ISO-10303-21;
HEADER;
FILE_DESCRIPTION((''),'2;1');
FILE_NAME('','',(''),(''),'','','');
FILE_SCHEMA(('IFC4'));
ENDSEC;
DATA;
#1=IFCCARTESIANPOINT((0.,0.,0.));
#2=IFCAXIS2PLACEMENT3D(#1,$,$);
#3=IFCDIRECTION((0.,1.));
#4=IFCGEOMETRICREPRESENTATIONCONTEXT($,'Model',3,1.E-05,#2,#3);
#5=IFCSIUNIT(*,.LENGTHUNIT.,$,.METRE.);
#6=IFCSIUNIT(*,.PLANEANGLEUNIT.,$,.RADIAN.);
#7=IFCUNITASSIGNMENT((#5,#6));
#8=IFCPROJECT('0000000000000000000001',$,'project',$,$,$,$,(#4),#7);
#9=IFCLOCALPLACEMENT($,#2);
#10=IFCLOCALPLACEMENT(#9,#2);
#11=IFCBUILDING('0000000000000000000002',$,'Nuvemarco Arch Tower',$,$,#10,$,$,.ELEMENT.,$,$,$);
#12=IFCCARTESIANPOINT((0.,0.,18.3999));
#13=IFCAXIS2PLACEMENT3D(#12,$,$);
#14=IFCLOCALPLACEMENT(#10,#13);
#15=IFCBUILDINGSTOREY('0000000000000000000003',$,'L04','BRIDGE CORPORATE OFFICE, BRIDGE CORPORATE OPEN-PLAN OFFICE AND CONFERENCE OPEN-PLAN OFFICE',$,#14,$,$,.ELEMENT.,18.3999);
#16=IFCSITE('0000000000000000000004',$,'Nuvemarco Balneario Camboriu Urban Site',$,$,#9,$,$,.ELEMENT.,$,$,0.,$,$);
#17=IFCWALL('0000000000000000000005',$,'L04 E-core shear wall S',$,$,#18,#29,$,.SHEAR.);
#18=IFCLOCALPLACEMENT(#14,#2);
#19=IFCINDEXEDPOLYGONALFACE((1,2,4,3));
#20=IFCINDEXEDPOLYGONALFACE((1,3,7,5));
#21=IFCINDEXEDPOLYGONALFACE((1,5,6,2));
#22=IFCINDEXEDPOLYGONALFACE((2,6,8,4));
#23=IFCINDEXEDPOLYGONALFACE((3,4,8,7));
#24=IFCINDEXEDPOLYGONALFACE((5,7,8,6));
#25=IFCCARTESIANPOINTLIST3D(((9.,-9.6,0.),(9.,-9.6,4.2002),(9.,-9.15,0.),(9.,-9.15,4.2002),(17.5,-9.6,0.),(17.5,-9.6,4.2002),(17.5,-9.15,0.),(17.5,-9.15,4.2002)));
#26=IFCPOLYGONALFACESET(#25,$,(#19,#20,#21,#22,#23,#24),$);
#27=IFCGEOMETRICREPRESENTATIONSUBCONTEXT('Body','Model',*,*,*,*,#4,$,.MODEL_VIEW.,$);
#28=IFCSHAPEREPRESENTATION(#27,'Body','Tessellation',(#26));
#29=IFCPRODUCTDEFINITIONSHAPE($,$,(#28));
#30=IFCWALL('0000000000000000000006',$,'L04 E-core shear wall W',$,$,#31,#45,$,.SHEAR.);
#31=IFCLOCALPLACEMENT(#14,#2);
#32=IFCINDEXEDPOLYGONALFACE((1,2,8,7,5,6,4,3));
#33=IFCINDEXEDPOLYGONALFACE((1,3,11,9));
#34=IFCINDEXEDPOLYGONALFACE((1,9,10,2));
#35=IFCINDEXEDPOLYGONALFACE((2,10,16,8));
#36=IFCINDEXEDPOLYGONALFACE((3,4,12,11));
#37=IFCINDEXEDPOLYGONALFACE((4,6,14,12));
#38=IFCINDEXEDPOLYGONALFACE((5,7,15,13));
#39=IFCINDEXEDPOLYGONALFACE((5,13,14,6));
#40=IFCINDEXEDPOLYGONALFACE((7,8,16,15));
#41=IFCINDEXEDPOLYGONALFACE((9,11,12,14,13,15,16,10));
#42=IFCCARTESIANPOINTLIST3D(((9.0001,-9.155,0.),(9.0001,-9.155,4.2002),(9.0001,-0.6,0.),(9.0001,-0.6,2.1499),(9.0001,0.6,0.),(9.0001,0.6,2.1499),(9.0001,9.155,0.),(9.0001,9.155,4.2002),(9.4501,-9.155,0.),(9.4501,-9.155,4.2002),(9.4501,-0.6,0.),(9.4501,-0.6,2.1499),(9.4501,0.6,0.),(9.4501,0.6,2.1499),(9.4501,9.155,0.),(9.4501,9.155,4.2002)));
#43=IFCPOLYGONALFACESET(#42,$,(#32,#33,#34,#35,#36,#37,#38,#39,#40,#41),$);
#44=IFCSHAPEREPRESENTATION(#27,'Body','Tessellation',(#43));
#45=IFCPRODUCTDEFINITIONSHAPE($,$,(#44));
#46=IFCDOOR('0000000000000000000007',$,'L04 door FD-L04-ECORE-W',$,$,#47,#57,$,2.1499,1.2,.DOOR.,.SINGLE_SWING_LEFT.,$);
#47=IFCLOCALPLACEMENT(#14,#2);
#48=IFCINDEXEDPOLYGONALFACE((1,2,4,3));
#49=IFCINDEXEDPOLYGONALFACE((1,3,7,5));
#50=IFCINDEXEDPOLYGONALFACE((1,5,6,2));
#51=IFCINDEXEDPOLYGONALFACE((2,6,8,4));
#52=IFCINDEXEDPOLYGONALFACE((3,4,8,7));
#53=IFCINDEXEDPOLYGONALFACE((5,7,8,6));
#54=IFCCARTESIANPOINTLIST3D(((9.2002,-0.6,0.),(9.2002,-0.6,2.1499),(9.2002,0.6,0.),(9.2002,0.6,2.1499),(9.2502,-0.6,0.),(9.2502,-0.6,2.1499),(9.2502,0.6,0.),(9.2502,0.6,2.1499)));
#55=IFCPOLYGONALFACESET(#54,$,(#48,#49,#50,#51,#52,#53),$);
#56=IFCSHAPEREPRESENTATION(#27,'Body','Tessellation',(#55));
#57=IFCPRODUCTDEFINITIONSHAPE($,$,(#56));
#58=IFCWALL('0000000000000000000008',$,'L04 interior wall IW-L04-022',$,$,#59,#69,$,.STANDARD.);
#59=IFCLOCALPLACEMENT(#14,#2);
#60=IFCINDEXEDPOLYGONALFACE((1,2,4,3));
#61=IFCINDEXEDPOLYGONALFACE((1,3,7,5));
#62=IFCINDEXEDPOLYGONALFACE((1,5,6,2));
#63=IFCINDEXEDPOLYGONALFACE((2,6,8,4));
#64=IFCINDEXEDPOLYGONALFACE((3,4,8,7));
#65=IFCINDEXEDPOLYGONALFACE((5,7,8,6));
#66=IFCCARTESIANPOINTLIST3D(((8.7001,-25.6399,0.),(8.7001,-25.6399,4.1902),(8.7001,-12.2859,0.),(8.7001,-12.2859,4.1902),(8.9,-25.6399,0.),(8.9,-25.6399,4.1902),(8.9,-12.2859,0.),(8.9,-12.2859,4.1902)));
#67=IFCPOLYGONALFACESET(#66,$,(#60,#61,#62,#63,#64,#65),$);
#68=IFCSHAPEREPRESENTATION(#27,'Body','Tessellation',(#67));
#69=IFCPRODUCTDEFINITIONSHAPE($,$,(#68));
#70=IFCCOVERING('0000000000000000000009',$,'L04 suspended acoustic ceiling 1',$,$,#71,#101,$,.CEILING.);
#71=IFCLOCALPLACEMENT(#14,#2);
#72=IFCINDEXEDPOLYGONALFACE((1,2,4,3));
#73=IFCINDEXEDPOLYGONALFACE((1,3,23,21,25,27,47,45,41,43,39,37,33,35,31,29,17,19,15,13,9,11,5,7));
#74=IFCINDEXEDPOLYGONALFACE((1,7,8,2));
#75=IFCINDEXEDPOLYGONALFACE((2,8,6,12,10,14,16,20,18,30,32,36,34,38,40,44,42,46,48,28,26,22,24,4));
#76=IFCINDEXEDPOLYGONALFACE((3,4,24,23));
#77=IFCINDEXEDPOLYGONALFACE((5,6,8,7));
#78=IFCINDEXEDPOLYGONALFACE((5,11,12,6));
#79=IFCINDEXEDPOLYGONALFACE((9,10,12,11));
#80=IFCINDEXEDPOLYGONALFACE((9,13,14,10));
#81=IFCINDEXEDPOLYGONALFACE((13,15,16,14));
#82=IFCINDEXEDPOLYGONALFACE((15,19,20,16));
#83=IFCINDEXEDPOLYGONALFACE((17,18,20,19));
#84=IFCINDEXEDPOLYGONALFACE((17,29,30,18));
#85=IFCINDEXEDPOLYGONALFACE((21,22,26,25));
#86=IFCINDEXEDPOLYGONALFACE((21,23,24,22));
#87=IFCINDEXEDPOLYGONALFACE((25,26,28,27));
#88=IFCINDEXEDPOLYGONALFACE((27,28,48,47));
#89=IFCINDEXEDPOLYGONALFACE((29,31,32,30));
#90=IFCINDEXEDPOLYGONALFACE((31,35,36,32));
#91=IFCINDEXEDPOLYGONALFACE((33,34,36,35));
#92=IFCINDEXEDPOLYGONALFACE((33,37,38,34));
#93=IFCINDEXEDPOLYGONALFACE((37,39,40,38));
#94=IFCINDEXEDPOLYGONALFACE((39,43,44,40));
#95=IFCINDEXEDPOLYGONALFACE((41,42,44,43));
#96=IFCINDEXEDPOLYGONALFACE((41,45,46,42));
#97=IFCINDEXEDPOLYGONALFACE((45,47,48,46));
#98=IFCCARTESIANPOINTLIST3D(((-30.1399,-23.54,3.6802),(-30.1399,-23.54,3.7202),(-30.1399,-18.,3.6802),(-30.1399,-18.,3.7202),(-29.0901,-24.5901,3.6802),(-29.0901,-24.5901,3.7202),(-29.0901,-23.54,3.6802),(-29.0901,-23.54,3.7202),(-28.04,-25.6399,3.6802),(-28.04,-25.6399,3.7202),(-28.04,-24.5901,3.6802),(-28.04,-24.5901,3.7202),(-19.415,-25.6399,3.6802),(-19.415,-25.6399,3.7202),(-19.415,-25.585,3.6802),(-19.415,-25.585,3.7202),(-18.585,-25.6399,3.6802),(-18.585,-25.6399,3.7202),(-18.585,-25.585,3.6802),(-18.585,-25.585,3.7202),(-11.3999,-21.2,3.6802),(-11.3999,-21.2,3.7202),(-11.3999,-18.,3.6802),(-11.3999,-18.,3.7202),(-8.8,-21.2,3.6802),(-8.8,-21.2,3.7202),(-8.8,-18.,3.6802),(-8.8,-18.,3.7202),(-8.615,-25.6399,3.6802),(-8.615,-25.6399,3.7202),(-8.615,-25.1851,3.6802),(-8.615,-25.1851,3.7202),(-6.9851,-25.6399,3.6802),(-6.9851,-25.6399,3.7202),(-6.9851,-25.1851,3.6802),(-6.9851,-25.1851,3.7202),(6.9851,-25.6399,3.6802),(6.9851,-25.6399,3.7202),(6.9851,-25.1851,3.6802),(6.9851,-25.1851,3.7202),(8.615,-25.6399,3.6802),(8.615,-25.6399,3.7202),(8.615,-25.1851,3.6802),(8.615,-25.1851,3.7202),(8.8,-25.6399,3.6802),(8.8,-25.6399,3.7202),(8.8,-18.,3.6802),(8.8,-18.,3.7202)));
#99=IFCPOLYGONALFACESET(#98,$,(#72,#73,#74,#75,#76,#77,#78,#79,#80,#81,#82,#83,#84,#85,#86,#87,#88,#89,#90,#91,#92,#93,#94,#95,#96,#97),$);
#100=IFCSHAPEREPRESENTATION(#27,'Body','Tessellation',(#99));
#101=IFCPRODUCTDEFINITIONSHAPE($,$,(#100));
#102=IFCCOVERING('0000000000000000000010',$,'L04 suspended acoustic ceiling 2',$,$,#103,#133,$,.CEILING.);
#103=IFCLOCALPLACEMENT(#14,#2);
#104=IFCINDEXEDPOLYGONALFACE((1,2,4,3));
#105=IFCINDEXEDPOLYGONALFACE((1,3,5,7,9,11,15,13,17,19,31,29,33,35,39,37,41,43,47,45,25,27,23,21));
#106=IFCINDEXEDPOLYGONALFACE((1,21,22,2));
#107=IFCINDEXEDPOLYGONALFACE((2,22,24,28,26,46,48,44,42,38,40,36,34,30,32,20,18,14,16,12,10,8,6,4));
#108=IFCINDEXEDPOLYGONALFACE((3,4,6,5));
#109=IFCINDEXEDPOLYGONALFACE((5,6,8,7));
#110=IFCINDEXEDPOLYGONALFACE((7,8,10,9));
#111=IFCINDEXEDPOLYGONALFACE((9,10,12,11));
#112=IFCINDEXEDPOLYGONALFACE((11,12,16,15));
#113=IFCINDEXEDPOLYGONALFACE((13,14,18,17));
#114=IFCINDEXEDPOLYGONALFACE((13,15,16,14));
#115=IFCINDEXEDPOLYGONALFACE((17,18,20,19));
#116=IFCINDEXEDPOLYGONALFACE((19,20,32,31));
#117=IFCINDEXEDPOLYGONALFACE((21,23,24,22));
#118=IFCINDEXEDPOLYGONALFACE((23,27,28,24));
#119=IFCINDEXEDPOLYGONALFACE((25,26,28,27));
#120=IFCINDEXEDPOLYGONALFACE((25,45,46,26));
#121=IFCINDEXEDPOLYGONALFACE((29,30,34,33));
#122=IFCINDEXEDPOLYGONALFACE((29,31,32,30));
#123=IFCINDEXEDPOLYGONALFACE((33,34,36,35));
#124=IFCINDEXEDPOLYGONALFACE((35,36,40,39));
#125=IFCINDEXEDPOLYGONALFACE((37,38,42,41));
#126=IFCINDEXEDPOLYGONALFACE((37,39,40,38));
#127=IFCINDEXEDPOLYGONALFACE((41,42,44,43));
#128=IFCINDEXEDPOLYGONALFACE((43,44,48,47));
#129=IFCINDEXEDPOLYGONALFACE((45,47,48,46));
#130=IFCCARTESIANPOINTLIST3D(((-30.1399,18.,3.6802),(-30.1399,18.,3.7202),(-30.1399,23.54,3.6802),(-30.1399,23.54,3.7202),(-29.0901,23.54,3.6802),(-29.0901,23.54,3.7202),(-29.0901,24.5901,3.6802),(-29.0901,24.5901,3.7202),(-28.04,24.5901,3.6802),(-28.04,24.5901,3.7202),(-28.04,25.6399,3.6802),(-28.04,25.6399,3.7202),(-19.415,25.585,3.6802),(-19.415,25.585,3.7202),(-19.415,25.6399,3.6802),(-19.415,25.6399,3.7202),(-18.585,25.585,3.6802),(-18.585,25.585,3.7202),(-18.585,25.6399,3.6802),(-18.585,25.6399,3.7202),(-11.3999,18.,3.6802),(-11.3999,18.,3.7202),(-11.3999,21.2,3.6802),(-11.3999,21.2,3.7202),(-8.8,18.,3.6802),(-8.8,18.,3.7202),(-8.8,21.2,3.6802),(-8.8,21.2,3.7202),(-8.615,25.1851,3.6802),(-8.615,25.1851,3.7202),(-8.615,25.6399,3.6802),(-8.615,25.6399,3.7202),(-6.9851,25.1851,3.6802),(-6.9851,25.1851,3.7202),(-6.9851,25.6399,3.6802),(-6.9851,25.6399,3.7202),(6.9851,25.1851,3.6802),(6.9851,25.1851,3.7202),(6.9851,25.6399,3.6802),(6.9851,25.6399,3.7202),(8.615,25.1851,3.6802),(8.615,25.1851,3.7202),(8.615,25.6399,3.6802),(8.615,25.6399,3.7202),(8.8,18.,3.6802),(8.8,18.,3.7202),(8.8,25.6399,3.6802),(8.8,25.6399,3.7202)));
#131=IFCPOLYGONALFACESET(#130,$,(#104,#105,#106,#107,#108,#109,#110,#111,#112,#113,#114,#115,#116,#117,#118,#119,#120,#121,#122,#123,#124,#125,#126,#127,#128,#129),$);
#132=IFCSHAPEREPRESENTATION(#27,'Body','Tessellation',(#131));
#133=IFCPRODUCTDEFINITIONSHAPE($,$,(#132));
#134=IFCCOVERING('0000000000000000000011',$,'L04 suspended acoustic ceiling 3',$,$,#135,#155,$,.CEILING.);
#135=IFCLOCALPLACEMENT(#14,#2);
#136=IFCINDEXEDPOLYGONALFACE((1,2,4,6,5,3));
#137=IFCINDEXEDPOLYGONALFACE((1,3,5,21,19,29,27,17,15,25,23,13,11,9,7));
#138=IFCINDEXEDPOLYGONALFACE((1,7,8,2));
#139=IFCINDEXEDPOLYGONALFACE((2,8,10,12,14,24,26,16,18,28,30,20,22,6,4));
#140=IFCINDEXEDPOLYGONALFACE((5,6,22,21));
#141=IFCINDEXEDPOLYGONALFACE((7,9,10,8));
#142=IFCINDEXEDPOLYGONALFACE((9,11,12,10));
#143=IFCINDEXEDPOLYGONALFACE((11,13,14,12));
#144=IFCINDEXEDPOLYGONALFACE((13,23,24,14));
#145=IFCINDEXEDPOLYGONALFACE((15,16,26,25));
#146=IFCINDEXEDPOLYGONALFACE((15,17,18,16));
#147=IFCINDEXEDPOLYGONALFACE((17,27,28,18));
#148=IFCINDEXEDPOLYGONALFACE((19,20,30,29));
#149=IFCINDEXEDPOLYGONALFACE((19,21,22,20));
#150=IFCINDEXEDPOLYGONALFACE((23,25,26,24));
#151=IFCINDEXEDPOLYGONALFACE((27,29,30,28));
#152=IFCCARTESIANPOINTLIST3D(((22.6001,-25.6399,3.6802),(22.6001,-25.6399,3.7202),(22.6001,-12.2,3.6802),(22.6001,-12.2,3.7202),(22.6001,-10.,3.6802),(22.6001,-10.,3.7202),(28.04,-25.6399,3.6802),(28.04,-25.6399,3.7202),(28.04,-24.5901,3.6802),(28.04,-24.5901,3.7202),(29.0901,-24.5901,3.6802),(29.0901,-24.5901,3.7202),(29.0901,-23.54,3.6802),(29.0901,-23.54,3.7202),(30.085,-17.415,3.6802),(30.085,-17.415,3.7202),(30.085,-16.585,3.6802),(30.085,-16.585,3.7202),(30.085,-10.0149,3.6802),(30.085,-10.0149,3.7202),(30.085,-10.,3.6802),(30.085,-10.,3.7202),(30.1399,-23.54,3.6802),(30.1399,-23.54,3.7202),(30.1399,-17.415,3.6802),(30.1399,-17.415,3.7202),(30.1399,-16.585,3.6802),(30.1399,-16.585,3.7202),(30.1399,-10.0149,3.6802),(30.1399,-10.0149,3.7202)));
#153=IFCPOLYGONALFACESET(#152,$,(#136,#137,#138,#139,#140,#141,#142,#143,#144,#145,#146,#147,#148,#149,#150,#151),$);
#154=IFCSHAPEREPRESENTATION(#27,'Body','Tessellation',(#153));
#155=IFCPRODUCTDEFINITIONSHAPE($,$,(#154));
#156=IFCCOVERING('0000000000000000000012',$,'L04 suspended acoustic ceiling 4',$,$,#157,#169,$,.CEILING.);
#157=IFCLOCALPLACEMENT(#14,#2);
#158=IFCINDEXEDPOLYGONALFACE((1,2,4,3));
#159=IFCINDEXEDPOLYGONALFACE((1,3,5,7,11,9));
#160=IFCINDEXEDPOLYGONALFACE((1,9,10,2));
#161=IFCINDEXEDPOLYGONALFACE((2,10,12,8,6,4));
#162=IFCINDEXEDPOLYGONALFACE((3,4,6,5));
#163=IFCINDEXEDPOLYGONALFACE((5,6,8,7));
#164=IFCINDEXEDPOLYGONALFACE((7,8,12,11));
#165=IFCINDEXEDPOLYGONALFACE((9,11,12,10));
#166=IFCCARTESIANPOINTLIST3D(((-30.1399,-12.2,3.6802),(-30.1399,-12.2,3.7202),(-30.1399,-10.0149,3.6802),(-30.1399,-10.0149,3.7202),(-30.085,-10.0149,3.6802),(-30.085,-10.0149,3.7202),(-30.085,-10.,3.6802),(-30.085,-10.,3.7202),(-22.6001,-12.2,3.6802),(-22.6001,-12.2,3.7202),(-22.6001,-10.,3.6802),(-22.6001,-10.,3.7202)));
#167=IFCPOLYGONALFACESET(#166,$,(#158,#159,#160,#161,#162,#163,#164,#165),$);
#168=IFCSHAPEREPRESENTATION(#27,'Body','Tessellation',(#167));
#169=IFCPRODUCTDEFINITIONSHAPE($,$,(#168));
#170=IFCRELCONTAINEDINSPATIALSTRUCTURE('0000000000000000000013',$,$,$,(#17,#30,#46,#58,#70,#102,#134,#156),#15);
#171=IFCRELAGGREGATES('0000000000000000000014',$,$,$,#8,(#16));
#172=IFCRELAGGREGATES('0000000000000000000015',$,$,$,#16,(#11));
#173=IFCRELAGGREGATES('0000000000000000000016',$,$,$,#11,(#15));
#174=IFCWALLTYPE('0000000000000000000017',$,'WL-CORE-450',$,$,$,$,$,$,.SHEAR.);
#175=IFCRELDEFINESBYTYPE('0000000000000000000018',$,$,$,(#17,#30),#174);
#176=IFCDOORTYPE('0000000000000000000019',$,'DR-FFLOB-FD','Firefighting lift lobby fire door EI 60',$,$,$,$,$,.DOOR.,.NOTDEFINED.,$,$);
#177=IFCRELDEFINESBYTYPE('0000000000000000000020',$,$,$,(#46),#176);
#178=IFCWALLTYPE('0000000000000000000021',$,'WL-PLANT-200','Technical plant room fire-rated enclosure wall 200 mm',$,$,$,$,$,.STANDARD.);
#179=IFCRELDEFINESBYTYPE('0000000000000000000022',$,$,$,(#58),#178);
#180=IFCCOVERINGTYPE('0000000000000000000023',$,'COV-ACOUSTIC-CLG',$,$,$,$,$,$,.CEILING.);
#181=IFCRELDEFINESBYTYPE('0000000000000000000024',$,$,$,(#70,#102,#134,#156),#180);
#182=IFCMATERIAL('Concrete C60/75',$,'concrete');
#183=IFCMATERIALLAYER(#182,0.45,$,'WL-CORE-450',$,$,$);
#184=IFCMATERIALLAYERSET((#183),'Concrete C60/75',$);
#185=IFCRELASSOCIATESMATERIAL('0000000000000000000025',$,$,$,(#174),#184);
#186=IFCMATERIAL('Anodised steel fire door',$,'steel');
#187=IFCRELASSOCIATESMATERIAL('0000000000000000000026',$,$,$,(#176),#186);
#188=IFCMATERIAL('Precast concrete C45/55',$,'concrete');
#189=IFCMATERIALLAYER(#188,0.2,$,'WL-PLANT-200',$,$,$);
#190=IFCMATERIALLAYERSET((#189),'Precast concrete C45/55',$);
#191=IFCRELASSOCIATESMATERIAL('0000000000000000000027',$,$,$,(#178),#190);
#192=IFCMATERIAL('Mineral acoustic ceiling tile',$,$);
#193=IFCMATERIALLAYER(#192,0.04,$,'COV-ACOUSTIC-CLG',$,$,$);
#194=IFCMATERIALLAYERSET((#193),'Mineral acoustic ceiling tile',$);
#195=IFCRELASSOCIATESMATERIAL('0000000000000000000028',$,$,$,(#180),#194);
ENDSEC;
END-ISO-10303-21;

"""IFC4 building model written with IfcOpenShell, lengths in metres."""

from ifc_helpers import new_model, si_unit, direction, frame, frame_2d, origin, place, context, subcontext, project, spatial, polyline, rectangle, outline, extrude, source, transform, mapped, material, layer, layer_set, type_object, type_shapes, element, fill, save


model = new_model("IFC4")

# Units and contexts
model_context = context("Model", 3, precision=1e-05, world=origin(), true_north=direction((0.0, 1.0)))
body_context = subcontext(model_context, "Body", "Model", "MODEL_VIEW")
ifc_project = project(units=[si_unit("LENGTHUNIT", "METRE"), si_unit("PLANEANGLEUNIT", "RADIAN")], contexts=[model_context])

# Site, building, storey
site_placement = place(None, origin())
site = spatial("IfcSite", under=ifc_project, at=site_placement, Name="Nuvemarco Balneario Camboriu Urban Site", CompositionType="ELEMENT", RefElevation=0.0)
building_placement = place(site_placement, origin())
building = spatial("IfcBuilding", under=site, at=building_placement, Name="Nuvemarco Arch Tower", CompositionType="ELEMENT")
storey_placement = place(building_placement, frame((0.0, 0.0, 18.3999)))
storey = spatial("IfcBuildingStorey", under=building, at=storey_placement, Name="L04", Description="BRIDGE CORPORATE OFFICE, BRIDGE CORPORATE OPEN-PLAN OFFICE AND CONFERENCE OPEN-PLAN OFFICE", CompositionType="ELEMENT", Elevation=18.3999)

# Shared definitions
ifc_material_1 = material(Name="Concrete C60/75", Category="concrete")

# Shared definitions
ifc_material_2 = material(Name="Precast concrete C45/55", Category="concrete")

# Wall
ifc_layer_1 = layer(ifc_material_1, 0.45, Name="WL-CORE-450")
ifc_layer_set_1 = layer_set([ifc_layer_1], Name="Concrete C60/75")
wall_type_1 = type_object("IfcWallType", Name="WL-CORE-450", PredefinedType="SHEAR", material=ifc_layer_set_1)
wall_1_placement = place(storey_placement, frame((9.0, -9.375, 0.0), z_axis=(0.0, 0.0, 1.0), x_axis=(1.0, 0.0, 0.0)))
element("IfcWall", 1, at=wall_1_placement, inside=storey, type_object=wall_type_1, Name="L04 E-core shear wall S", PredefinedType="SHEAR", context=body_context, shape_type="SweptSolid", body=[
    extrude(rectangle(XDim=8.5, YDim=0.45, at=frame_2d((4.25, 0.0))), origin(), (0.0, 0.0, 1.0), 4.2002),
])

# Wall, opening, door
wall_2_placement = place(storey_placement, frame((9.2251, -9.155, 0.0), z_axis=(0.0, 0.0, 1.0), x_axis=(0.0, 1.0, 0.0)))
wall_2 = element("IfcWall", 2, at=wall_2_placement, inside=storey, type_object=wall_type_1, Name="L04 E-core shear wall W", PredefinedType="SHEAR", context=body_context, shape_type="SweptSolid", body=[
    extrude(rectangle(XDim=18.3101, YDim=0.45, at=frame_2d((9.155, 0.0))), origin(), (0.0, 0.0, 1.0), 4.2002),
])
opening_placement = place(wall_2_placement, frame((8.5549, 0.0, 0.0)))
opening = element("IfcOpeningElement", 3, at=opening_placement, cuts=wall_2, PredefinedType="OPENING", context=body_context, shape_type="SweptSolid", body=[
    extrude(rectangle(XDim=1.2, YDim=2.1499, at=frame_2d((0.6001, 1.075))), frame((0.0, 0.2349, 0.0), z_axis=(0.0, -1.0, 0.0), x_axis=(1.0, 0.0, 0.0)), (0.0, 0.0, 1.0), 0.47),
])
ifc_material_3 = material(Name="Anodised steel fire door", Category="steel")
door_type = type_object("IfcDoorType", Name="DR-FFLOB-FD", Description="Firefighting lift lobby fire door EI 60", OperationType="NOTDEFINED", PredefinedType="DOOR", material=ifc_material_3)
shared_shape_1 = source(origin(), body_context, "Body", "SweptSolid", [
    extrude(rectangle(XDim=1.2, YDim=2.1499, at=frame_2d((0.6001, 1.075))), frame((0.0, 0.0249, 0.0), z_axis=(0.0, -1.0, 0.0), x_axis=(1.0, 0.0, 0.0)), (0.0, 0.0, 1.0), 0.05),
])
type_shapes(door_type, [shared_shape_1])
door_placement = place(opening_placement, origin())
door = element("IfcDoor", 4, at=door_placement, inside=storey, type_object=door_type, Name="L04 door FD-L04-ECORE-W", OperationType="SINGLE_SWING_LEFT", OverallHeight=2.1499, OverallWidth=1.2, PredefinedType="DOOR", context=body_context, shape_type="MappedRepresentation", body=[
    mapped(shared_shape_1, transform((0.0, 0.0, 0.0), scale=1.0)),
])
fill(opening, door)

# Wall
ifc_layer_2 = layer(ifc_material_2, 0.2, Name="WL-PLANT-200")
ifc_layer_set_2 = layer_set([ifc_layer_2], Name="Precast concrete C45/55")
wall_type_2 = type_object("IfcWallType", Name="WL-PLANT-200", Description="Technical plant room fire-rated enclosure wall 200 mm", PredefinedType="STANDARD", material=ifc_layer_set_2)
wall_3_placement = place(storey_placement, frame((8.8, -25.6399, 0.0), z_axis=(0.0, 0.0, 1.0), x_axis=(0.0, 1.0, 0.0)))
element("IfcWall", 5, at=wall_3_placement, inside=storey, type_object=wall_type_2, Name="L04 interior wall IW-L04-022", PredefinedType="STANDARD", context=body_context, shape_type="SweptSolid", body=[
    extrude(rectangle(XDim=13.354, YDim=0.2, at=frame_2d((6.677, 0.0))), origin(), (0.0, 0.0, 1.0), 4.1902),
])

# Coverings
ifc_material_4 = material(Name="Mineral acoustic ceiling tile")
ifc_layer_3 = layer(ifc_material_4, 0.04, Name="COV-ACOUSTIC-CLG")
ifc_layer_set_3 = layer_set([ifc_layer_3], Name="Mineral acoustic ceiling tile")
covering_type_1 = type_object("IfcCoveringType", Name="COV-ACOUSTIC-CLG", PredefinedType="CEILING", material=ifc_layer_set_3)
covering_1_placement = place(storey_placement, frame((0.0, 0.0, 3.6802)))
element("IfcCovering", 6, at=covering_1_placement, inside=storey, type_object=covering_type_1, Name="L04 suspended acoustic ceiling 1", PredefinedType="CEILING", context=body_context, shape_type="SweptSolid", body=[
    extrude(outline(polyline([(-6.9851, -25.1851), (-8.615, -25.1851), (-8.615, -25.6399), (-18.585, -25.6399), (-18.585, -25.585), (-19.415, -25.585), (-19.415, -25.6399), (-28.04, -25.6399), (-28.04, -24.5901), (-29.0901, -24.5901), (-29.0901, -23.54), (-30.1399, -23.54), (-30.1399, -18.0), (-11.3999, -18.0), (-11.3999, -21.2), (-8.8, -21.2), (-8.8, -18.0), (8.8, -18.0), (8.8, -25.6399), (8.615, -25.6399), (8.615, -25.1851), (6.9851, -25.1851), (6.9851, -25.6399), (-6.9851, -25.6399), (-6.9851, -25.1851)])), origin(), (0.0, 0.0, 1.0), 0.04),
])
covering_2_placement = place(storey_placement, frame((0.0, 0.0, 3.6802)))
element("IfcCovering", 7, at=covering_2_placement, inside=storey, type_object=covering_type_1, Name="L04 suspended acoustic ceiling 2", PredefinedType="CEILING", context=body_context, shape_type="SweptSolid", body=[
    extrude(outline(polyline([(-30.1399, 18.0), (-30.1399, 23.54), (-29.0901, 23.54), (-29.0901, 24.5901), (-28.04, 24.5901), (-28.04, 25.6399), (-19.415, 25.6399), (-19.415, 25.585), (-18.585, 25.585), (-18.585, 25.6399), (-8.615, 25.6399), (-8.615, 25.1851), (-6.9851, 25.1851), (-6.9851, 25.6399), (6.9851, 25.6399), (6.9851, 25.1851), (8.615, 25.1851), (8.615, 25.6399), (8.8, 25.6399), (8.8, 18.0), (-8.8, 18.0), (-8.8, 21.2), (-11.3999, 21.2), (-11.3999, 18.0), (-30.1399, 18.0)])), origin(), (0.0, 0.0, 1.0), 0.04),
])
covering_3_placement = place(storey_placement, frame((0.0, 0.0, 3.6802)))
element("IfcCovering", 8, at=covering_3_placement, inside=storey, type_object=covering_type_1, Name="L04 suspended acoustic ceiling 3", PredefinedType="CEILING", context=body_context, shape_type="SweptSolid", body=[
    extrude(outline(polyline([(30.085, -10.0149), (30.1399, -10.0149), (30.1399, -16.585), (30.085, -16.585), (30.085, -17.415), (30.1399, -17.415), (30.1399, -23.54), (29.0901, -23.54), (29.0901, -24.5901), (28.04, -24.5901), (28.04, -25.6399), (22.6001, -25.6399), (22.6001, -12.2), (22.6001, -10.0), (30.085, -10.0), (30.085, -10.0149)])), origin(), (0.0, 0.0, 1.0), 0.04),
])
covering_4_placement = place(storey_placement, frame((0.0, 0.0, 3.6802)))
element("IfcCovering", 9, at=covering_4_placement, inside=storey, type_object=covering_type_1, Name="L04 suspended acoustic ceiling 4", PredefinedType="CEILING", context=body_context, shape_type="SweptSolid", body=[
    extrude(outline(polyline([(-30.1399, -10.0149), (-30.085, -10.0149), (-30.085, -10.0), (-22.6001, -10.0), (-22.6001, -12.2), (-30.1399, -12.2), (-30.1399, -10.0149)])), origin(), (0.0, 0.0, 1.0), 0.04),
])

save(model, "model.ifc")
